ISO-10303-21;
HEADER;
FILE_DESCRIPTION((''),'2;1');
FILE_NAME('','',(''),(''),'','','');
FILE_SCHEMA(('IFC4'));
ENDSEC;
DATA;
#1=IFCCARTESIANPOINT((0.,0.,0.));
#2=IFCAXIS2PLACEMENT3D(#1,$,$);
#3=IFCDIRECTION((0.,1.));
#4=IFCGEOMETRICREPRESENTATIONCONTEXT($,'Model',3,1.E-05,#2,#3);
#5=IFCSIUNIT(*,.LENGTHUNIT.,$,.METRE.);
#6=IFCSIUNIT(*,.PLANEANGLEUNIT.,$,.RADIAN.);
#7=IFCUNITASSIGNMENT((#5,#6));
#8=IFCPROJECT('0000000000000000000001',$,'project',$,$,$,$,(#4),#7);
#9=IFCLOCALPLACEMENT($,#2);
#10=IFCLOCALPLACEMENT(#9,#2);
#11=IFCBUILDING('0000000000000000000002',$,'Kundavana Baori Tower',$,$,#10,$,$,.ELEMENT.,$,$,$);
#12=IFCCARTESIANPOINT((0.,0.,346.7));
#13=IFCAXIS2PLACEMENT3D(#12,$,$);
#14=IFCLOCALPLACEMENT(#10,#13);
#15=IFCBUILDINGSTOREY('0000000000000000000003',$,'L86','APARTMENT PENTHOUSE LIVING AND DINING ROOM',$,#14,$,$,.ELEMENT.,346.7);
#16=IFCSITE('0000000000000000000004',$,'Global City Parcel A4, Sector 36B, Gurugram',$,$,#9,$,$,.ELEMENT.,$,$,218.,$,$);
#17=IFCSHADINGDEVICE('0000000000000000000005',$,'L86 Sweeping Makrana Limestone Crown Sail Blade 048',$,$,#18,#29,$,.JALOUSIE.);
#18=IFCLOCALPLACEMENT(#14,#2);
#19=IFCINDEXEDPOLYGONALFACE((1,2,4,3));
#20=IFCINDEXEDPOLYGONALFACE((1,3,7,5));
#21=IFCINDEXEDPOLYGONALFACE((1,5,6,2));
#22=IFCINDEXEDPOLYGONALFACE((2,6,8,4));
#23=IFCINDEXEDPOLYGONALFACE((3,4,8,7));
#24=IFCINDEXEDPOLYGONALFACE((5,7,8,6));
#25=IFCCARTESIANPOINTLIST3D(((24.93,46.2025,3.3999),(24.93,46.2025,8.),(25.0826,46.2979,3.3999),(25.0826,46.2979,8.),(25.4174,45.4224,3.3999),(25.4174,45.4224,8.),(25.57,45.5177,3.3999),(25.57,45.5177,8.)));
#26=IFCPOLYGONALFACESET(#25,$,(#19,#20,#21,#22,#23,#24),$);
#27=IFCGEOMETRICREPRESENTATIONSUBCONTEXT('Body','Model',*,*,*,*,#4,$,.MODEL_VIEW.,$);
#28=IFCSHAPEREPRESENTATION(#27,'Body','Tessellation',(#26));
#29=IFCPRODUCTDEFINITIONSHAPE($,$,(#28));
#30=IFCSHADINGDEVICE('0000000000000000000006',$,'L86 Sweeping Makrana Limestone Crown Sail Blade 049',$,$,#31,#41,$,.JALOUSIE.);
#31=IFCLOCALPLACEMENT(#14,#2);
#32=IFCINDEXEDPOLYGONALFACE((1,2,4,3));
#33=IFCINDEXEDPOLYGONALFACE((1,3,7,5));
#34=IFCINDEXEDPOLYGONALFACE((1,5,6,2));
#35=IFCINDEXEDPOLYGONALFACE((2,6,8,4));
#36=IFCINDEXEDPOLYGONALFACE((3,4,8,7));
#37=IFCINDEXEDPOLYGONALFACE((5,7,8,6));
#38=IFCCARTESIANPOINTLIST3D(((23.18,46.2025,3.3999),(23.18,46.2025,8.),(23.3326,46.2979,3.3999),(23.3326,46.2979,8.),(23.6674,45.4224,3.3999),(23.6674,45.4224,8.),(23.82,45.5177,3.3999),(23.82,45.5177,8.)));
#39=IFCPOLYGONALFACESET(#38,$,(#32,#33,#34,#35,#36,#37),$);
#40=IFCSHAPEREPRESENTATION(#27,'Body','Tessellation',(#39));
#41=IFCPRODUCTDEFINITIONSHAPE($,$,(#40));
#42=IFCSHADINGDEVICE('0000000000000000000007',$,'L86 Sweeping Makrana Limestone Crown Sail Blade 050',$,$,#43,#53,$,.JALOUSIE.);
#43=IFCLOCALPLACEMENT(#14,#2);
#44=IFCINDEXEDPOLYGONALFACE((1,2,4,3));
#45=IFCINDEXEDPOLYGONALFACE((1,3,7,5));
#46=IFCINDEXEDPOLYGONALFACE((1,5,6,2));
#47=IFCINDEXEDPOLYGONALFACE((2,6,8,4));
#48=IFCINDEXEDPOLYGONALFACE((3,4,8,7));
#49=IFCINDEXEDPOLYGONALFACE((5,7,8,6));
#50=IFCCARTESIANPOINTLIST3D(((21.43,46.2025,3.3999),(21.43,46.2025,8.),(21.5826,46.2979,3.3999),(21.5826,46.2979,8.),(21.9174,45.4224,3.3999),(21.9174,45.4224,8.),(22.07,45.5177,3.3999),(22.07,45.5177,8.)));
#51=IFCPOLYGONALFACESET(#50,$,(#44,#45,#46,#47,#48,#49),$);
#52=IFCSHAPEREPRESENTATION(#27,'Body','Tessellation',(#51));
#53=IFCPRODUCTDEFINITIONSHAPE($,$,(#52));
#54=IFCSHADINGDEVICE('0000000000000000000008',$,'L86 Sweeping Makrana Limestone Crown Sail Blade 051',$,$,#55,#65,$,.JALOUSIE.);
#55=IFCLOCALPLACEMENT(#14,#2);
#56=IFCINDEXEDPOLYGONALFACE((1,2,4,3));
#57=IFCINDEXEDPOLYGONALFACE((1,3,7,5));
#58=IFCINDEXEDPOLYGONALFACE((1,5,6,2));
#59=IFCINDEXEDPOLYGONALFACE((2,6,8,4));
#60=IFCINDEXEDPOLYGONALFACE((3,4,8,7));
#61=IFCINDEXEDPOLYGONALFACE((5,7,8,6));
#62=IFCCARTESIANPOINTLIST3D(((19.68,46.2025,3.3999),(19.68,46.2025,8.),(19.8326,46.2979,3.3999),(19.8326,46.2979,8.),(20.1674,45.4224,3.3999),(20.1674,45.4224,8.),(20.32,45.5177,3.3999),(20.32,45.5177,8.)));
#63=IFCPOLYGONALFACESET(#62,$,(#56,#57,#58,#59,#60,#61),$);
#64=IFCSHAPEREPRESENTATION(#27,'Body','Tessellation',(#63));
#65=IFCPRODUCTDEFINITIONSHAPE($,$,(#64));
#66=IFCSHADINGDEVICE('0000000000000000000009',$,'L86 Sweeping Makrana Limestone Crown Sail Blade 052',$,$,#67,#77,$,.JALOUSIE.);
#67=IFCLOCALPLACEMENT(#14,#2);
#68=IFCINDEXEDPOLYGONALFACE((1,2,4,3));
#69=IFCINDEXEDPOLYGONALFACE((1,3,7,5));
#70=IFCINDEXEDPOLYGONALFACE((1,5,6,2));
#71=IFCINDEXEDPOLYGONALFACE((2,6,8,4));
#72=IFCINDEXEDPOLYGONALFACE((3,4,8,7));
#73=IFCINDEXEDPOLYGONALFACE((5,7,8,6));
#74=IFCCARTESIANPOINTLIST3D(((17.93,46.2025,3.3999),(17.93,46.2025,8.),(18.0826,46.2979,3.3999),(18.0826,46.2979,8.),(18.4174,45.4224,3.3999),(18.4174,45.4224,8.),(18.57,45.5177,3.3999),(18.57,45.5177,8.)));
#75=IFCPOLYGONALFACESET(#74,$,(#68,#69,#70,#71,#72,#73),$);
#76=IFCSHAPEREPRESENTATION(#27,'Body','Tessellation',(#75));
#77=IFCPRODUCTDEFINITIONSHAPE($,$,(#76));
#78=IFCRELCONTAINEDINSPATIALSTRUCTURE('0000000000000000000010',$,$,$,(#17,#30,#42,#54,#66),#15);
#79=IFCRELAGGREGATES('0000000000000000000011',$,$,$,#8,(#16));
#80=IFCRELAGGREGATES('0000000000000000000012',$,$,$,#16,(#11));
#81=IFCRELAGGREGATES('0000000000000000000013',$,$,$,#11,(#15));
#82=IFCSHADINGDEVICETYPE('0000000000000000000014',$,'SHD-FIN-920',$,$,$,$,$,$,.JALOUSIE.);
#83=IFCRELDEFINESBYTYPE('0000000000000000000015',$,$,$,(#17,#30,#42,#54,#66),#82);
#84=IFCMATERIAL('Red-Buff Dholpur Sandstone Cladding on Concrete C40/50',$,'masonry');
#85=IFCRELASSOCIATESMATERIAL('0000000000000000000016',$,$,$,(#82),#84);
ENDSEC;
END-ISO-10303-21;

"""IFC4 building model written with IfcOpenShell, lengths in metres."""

from ifc_helpers import new_model, si_unit, direction, frame, origin, origin_2d, place, context, subcontext, project, spatial, rectangle, extrude, material, type_object, element, save


model = new_model("IFC4")

# Units and contexts
model_context = context("Model", 3, precision=1e-05, world=origin(), true_north=direction((0.0, 1.0)))
body_context = subcontext(model_context, "Body", "Model", "MODEL_VIEW")
ifc_project = project(units=[si_unit("LENGTHUNIT", "METRE"), si_unit("PLANEANGLEUNIT", "RADIAN")], contexts=[model_context])

# Site, building, storey
site_placement = place(None, origin())
site = spatial("IfcSite", under=ifc_project, at=site_placement, Name="Global City Parcel A4, Sector 36B, Gurugram", CompositionType="ELEMENT", RefElevation=218.0)
building_placement = place(site_placement, origin())
building = spatial("IfcBuilding", under=site, at=building_placement, Name="Kundavana Baori Tower", CompositionType="ELEMENT")
storey_placement = place(building_placement, frame((0.0, 0.0, 346.7)))
storey = spatial("IfcBuildingStorey", under=building, at=storey_placement, Name="L86", Description="APARTMENT PENTHOUSE LIVING AND DINING ROOM", CompositionType="ELEMENT", Elevation=346.7)

# Shading devices
ifc_material_1 = material(Name="Red-Buff Dholpur Sandstone Cladding on Concrete C40/50", Category="masonry")
shading_device_type = type_object("IfcShadingDeviceType", Name="SHD-FIN-920", PredefinedType="JALOUSIE", material=ifc_material_1)
for number, where, z_axis, x_axis, name in (
    (1, (25.25, 45.8601, 3.3999), (0.0, 0.0, 1.0), (0.848048, 0.529919, 0.0), "L86 Sweeping Makrana Limestone Crown Sail Blade 048"),
    (2, (23.5, 45.8601, 3.3999), (0.0, 0.0, 1.0), (0.848048, 0.529919, 0.0), "L86 Sweeping Makrana Limestone Crown Sail Blade 049"),
    (3, (21.75, 45.8601, 3.3999), (0.0, 0.0, 1.0), (0.848048, 0.529919, 0.0), "L86 Sweeping Makrana Limestone Crown Sail Blade 050"),
    (4, (20.0, 45.8601, 3.3999), (0.0, 0.0, 1.0), (0.848048, 0.529919, 0.0), "L86 Sweeping Makrana Limestone Crown Sail Blade 051"),
    (5, (18.25, 45.8601, 3.3999), (0.0, 0.0, 1.0), (0.848048, 0.529919, 0.0), "L86 Sweeping Makrana Limestone Crown Sail Blade 052"),
):
    element("IfcShadingDevice", number, at=place(storey_placement, frame(where, z_axis=z_axis, x_axis=x_axis)), inside=storey, type_object=shading_device_type, Name=name, PredefinedType="JALOUSIE", context=body_context, shape_type="SweptSolid", body=[
        extrude(rectangle(XDim=0.1799, YDim=0.9199, at=origin_2d()), origin(), (0.0, 0.0, 1.0), 4.6001),
    ])

save(model, "model.ifc")
